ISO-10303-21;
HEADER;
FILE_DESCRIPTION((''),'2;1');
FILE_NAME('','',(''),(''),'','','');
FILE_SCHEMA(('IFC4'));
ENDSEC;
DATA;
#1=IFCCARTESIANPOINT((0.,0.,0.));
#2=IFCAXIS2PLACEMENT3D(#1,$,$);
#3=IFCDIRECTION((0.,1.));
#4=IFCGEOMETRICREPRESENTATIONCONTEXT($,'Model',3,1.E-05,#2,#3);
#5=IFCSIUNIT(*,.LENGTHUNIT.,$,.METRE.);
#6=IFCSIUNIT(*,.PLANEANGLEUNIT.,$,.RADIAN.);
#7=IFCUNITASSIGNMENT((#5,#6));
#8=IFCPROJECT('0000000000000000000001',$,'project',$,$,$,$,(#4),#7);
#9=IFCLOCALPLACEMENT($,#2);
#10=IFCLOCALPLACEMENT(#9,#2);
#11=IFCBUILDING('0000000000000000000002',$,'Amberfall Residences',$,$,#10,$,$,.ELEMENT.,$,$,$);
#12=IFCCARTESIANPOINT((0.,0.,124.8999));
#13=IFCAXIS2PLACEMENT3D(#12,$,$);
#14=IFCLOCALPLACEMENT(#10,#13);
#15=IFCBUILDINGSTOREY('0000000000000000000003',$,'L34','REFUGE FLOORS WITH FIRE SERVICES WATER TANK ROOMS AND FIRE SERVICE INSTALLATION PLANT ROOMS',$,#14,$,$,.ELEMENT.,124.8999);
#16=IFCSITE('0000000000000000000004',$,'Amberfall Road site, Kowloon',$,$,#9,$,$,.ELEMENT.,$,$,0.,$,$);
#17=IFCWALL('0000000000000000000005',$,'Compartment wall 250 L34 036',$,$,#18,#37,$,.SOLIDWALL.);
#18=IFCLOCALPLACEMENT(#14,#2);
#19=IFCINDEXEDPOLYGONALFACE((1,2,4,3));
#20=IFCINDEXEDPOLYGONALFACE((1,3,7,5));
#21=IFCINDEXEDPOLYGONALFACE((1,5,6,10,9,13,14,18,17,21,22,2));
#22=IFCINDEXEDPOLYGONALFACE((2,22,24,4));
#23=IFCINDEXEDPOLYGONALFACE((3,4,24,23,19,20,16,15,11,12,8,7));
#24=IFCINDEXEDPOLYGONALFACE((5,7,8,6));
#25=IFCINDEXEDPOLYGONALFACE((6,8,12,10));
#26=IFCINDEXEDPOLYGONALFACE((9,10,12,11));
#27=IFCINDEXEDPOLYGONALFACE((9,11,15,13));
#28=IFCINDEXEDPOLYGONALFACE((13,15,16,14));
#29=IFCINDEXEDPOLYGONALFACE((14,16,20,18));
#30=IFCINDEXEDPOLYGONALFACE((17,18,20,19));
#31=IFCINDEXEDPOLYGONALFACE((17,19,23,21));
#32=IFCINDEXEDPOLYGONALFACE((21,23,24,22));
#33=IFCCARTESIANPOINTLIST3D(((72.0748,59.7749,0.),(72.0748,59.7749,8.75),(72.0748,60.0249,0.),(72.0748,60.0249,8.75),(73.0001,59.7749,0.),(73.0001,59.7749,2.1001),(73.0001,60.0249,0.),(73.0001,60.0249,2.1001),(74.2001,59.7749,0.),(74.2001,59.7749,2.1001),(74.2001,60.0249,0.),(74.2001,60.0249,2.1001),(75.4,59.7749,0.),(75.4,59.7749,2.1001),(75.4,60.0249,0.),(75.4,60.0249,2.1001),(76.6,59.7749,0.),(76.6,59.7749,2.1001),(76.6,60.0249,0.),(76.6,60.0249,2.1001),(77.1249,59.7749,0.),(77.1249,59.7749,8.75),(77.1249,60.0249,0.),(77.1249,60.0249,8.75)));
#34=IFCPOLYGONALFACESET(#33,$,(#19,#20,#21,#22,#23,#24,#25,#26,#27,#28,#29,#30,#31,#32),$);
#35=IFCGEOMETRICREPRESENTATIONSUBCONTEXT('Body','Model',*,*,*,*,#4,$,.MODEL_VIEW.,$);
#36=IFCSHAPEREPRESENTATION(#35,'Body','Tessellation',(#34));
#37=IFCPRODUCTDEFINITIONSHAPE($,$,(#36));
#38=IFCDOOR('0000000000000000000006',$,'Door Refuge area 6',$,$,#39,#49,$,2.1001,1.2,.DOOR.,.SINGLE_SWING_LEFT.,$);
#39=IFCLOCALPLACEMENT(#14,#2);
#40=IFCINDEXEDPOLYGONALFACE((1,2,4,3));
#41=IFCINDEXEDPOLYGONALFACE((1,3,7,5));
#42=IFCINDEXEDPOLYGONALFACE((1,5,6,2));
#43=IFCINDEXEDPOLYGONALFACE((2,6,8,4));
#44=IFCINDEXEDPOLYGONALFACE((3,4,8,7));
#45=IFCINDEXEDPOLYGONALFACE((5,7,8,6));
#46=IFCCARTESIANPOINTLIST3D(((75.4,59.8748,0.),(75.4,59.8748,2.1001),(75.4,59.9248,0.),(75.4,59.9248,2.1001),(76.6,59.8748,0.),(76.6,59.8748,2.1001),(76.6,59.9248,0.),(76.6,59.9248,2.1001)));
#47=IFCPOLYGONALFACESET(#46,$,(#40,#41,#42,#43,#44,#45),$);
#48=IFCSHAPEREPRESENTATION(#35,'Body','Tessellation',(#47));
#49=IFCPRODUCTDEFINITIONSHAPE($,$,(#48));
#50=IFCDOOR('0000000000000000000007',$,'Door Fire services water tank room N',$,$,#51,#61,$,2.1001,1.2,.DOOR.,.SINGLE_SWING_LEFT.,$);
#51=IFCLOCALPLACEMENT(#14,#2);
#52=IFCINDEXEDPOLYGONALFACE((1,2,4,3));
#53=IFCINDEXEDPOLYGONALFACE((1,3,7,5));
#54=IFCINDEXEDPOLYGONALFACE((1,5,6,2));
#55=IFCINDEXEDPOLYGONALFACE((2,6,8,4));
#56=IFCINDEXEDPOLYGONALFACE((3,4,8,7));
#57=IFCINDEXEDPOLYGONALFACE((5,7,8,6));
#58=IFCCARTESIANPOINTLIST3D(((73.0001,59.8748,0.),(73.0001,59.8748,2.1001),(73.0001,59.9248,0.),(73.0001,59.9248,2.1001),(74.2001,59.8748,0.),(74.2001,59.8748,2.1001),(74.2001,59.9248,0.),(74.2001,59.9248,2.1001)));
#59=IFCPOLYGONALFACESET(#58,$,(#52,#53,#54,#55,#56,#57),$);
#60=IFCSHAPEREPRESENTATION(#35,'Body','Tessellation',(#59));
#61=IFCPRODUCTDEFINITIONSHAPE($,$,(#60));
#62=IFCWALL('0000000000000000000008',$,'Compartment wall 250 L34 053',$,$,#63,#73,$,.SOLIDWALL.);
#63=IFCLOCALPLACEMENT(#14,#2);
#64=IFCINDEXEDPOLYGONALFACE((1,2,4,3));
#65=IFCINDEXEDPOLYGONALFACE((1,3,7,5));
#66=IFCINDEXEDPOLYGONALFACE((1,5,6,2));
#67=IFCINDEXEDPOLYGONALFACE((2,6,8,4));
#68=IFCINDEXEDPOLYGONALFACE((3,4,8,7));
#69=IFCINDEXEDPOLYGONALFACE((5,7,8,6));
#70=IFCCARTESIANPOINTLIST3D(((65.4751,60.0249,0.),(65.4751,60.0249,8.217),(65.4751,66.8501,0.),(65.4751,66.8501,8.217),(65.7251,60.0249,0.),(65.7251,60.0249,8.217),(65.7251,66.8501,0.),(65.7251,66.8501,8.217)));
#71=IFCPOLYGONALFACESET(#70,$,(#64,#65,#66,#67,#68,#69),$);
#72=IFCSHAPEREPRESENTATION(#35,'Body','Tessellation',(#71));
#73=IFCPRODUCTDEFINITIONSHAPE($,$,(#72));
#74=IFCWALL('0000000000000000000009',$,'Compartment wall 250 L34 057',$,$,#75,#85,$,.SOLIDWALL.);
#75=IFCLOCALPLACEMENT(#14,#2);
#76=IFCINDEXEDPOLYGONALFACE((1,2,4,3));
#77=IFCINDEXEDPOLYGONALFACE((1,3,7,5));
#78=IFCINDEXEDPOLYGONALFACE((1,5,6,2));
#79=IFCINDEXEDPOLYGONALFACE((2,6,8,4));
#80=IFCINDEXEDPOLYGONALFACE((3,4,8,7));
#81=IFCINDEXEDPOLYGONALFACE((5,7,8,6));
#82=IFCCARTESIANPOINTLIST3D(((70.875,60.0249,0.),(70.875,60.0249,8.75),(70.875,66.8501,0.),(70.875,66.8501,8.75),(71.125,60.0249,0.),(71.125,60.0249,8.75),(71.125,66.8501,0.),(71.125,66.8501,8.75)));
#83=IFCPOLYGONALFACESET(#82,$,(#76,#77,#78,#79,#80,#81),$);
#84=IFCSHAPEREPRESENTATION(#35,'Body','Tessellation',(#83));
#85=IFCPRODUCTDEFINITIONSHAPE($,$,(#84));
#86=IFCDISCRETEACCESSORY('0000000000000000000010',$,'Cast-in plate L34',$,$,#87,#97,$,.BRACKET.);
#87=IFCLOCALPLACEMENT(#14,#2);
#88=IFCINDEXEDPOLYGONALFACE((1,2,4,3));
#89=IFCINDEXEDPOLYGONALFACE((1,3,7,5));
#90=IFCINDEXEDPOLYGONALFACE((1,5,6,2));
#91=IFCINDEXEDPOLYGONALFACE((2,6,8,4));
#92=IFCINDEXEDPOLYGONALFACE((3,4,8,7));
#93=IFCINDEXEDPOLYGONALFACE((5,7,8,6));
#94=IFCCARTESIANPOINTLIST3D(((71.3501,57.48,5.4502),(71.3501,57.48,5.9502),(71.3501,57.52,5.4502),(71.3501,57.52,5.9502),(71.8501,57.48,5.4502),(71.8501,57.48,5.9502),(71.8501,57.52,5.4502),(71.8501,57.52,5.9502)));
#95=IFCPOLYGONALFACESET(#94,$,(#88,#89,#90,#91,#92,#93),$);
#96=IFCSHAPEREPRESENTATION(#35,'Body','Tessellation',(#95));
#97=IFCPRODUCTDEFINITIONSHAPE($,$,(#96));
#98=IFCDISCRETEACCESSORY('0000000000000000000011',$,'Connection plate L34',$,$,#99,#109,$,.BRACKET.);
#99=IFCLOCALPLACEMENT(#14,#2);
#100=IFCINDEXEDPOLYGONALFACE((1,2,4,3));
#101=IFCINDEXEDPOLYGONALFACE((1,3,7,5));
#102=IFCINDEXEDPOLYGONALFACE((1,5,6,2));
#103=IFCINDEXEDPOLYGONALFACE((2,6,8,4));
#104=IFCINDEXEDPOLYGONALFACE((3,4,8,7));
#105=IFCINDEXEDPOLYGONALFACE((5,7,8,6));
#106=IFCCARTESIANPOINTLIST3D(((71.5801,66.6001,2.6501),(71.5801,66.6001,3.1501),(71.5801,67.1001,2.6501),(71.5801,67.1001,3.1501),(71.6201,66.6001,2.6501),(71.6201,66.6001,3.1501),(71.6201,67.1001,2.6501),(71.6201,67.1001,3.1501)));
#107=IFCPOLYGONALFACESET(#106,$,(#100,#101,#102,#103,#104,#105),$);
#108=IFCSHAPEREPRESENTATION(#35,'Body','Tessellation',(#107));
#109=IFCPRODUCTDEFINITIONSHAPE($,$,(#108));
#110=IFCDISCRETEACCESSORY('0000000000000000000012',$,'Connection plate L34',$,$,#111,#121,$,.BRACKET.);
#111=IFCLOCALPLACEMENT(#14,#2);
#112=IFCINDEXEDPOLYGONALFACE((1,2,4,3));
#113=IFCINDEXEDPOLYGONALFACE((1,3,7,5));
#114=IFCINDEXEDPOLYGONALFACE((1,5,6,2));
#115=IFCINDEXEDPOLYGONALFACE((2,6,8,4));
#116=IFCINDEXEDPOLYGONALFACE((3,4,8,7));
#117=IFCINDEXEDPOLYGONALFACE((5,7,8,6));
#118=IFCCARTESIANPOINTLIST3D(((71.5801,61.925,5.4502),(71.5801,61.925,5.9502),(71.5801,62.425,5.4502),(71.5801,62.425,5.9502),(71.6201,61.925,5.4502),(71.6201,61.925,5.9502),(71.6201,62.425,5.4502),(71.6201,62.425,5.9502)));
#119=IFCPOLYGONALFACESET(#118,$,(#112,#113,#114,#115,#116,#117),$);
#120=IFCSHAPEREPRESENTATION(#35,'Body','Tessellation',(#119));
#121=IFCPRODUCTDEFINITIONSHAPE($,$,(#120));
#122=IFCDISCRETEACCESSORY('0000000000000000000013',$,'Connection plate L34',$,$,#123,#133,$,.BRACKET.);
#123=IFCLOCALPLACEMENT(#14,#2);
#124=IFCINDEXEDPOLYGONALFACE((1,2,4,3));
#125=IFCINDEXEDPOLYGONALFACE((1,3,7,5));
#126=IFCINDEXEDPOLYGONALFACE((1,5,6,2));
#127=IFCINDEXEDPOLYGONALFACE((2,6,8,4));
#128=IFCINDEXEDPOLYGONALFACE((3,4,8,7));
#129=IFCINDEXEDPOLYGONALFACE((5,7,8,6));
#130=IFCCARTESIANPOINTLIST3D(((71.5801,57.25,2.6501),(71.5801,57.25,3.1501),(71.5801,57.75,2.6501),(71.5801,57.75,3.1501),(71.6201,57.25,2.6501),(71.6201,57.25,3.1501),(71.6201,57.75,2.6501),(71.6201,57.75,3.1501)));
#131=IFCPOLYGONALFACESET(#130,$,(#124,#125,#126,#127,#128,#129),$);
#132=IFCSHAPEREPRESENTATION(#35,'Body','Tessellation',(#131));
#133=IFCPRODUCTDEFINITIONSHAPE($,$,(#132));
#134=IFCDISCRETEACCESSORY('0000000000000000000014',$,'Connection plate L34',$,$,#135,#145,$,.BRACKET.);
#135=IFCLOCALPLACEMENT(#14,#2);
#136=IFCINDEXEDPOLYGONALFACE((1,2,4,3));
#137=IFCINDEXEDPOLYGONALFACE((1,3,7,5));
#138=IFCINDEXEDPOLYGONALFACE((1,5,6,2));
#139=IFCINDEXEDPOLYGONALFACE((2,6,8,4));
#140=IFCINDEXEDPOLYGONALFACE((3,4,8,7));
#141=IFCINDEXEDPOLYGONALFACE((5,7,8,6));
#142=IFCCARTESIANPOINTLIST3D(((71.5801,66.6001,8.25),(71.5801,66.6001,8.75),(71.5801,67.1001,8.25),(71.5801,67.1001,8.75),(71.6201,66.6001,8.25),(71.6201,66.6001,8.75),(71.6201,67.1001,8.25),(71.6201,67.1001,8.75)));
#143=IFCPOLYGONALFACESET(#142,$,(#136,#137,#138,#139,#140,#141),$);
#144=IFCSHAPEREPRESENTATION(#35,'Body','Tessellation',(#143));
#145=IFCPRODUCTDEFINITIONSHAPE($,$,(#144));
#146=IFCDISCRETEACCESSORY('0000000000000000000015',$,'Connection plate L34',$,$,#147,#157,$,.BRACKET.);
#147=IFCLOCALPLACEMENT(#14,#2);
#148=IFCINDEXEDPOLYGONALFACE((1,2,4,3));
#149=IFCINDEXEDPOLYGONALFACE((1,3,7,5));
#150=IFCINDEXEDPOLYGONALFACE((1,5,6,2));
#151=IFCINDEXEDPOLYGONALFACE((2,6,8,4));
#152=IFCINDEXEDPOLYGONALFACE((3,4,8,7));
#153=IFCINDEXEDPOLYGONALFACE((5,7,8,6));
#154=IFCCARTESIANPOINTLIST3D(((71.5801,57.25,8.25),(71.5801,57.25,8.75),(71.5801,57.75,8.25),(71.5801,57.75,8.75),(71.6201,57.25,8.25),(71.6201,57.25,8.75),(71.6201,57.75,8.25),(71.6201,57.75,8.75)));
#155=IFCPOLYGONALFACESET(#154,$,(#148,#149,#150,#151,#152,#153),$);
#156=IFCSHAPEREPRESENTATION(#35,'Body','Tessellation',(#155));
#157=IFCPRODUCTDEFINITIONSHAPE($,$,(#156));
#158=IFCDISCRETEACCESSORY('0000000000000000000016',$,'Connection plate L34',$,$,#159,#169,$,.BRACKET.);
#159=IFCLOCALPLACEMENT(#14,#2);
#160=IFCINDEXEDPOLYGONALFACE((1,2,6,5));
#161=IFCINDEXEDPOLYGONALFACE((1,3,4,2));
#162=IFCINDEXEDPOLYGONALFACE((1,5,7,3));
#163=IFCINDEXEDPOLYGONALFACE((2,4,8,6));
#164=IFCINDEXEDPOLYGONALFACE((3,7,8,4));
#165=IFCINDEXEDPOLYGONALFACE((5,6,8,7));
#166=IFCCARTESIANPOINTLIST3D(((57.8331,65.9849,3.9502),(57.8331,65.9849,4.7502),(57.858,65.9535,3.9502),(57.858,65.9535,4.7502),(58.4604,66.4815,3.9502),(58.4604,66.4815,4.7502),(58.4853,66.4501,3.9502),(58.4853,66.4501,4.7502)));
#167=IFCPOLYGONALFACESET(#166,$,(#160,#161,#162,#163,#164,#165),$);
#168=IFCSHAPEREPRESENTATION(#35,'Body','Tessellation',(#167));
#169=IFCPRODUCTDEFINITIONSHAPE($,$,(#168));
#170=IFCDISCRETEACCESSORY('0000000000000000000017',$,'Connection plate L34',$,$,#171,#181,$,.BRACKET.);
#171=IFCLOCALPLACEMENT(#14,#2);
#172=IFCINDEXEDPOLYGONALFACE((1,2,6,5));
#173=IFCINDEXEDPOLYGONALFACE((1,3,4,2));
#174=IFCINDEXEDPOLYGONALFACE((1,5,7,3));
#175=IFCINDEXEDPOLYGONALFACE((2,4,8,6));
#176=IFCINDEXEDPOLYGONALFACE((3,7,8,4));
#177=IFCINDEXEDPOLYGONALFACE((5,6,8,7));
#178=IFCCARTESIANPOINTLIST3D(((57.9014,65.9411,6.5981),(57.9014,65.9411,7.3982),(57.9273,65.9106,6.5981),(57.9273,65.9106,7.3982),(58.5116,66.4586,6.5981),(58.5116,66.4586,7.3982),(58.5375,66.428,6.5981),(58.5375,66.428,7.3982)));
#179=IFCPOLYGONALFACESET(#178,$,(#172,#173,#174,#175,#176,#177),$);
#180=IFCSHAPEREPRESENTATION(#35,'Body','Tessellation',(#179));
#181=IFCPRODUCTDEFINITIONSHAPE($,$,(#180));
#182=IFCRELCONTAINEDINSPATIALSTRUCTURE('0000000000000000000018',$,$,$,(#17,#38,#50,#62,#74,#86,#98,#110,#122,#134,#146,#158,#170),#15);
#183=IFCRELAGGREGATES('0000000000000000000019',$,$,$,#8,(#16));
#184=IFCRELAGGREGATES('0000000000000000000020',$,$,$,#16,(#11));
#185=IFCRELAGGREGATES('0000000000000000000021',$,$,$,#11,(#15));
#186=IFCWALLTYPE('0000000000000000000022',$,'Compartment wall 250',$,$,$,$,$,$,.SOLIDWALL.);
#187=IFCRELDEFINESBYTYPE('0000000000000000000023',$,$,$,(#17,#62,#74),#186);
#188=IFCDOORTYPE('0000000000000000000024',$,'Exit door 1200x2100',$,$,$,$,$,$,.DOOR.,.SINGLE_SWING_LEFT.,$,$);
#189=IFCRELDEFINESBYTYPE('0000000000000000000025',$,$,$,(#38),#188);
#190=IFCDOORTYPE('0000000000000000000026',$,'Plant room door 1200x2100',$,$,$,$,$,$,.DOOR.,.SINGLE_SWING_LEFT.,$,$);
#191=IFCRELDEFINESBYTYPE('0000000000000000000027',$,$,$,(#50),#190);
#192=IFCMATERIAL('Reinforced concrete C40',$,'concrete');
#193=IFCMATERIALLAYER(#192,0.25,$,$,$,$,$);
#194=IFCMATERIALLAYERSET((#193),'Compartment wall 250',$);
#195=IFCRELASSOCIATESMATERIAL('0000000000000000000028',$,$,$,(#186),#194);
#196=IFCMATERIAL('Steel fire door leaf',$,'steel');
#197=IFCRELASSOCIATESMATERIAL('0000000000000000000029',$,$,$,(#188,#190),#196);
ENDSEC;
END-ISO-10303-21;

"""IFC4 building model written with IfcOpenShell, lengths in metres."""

from ifc_helpers import new_model, si_unit, direction, frame, frame_2d, origin, origin_2d, place, context, subcontext, project, spatial, rectangle, extrude, material, layer, layer_set, type_object, element, fill, save


model = new_model("IFC4")

# Units and contexts
model_context = context("Model", 3, precision=1e-05, world=origin(), true_north=direction((0.0, 1.0)))
body_context = subcontext(model_context, "Body", "Model", "MODEL_VIEW")
ifc_project = project(units=[si_unit("LENGTHUNIT", "METRE"), si_unit("PLANEANGLEUNIT", "RADIAN")], contexts=[model_context])

# Site, building, storey
site_placement = place(None, origin())
site = spatial("IfcSite", under=ifc_project, at=site_placement, Name="Amberfall Road site, Kowloon", CompositionType="ELEMENT", RefElevation=0.0)
building_placement = place(site_placement, origin())
building = spatial("IfcBuilding", under=site, at=building_placement, Name="Amberfall Residences", CompositionType="ELEMENT")
storey_placement = place(building_placement, frame((0.0, 0.0, 124.8999)))
storey = spatial("IfcBuildingStorey", under=building, at=storey_placement, Name="L34", Description="REFUGE FLOORS WITH FIRE SERVICES WATER TANK ROOMS AND FIRE SERVICE INSTALLATION PLANT ROOMS", CompositionType="ELEMENT", Elevation=124.8999)

# Shared definitions
ifc_material_1 = material(Name="Reinforced concrete C40", Category="concrete")
ifc_layer = layer(ifc_material_1, 0.25)
ifc_layer_set = layer_set([ifc_layer], Name="Compartment wall 250")
wall_type = type_object("IfcWallType", Name="Compartment wall 250", PredefinedType="SOLIDWALL", material=ifc_layer_set)

# Shared definitions
ifc_material_2 = material(Name="Steel fire door leaf", Category="steel")

# Shared definitions
door_type_1 = type_object("IfcDoorType", Name="Exit door 1200x2100", OperationType="SINGLE_SWING_LEFT", PredefinedType="DOOR", material=ifc_material_2)

# Wall, openings, doors
wall_1_placement = place(storey_placement, frame((72.075, 59.8999, 0.0), z_axis=(0.0, 0.0, 1.0), x_axis=(1.0, 0.0, 0.0)))
wall_1 = element("IfcWall", 1, at=wall_1_placement, inside=storey, type_object=wall_type, Name="Compartment wall 250 L34 036", PredefinedType="SOLIDWALL", context=body_context, shape_type="SweptSolid", body=[
    extrude(rectangle(XDim=5.05, YDim=0.25, at=frame_2d((2.5249, 0.0))), origin(), (0.0, 0.0, 1.0), 8.75),
])
opening_1_placement = place(wall_1_placement, frame((0.925, 0.0, 0.0)))
opening_1 = element("IfcOpeningElement", 2, at=opening_1_placement, cuts=wall_1, PredefinedType="OPENING", context=body_context, shape_type="SweptSolid", body=[
    extrude(rectangle(XDim=1.2, YDim=2.1001, at=frame_2d((0.6001, 1.05))), frame((0.0, 0.135, 0.0), z_axis=(0.0, -1.0, 0.0), x_axis=(1.0, 0.0, 0.0)), (0.0, 0.0, 1.0), 0.27),
])
opening_2_placement = place(wall_1_placement, frame((3.325, 0.0, 0.0)))
opening_2 = element("IfcOpeningElement", 3, at=opening_2_placement, cuts=wall_1, PredefinedType="OPENING", context=body_context, shape_type="SweptSolid", body=[
    extrude(rectangle(XDim=1.2, YDim=2.1001, at=frame_2d((0.6001, 1.05))), frame((0.0, 0.135, 0.0), z_axis=(0.0, -1.0, 0.0), x_axis=(1.0, 0.0, 0.0)), (0.0, 0.0, 1.0), 0.27),
])
door_1_placement = place(opening_2_placement, origin())
door_1 = element("IfcDoor", 4, at=door_1_placement, inside=storey, type_object=door_type_1, Name="Door Refuge area 6", OperationType="SINGLE_SWING_LEFT", OverallHeight=2.1001, OverallWidth=1.2, PredefinedType="DOOR", context=body_context, shape_type="SweptSolid", body=[
    extrude(rectangle(XDim=1.2, YDim=2.1001, at=frame_2d((0.6001, 1.05))), frame((0.0, 0.0249, 0.0), z_axis=(0.0, -1.0, 0.0), x_axis=(1.0, 0.0, 0.0)), (0.0, 0.0, 1.0), 0.05),
])
fill(opening_2, door_1)
door_type_2 = type_object("IfcDoorType", Name="Plant room door 1200x2100", OperationType="SINGLE_SWING_LEFT", PredefinedType="DOOR", material=ifc_material_2)
door_2_placement = place(opening_1_placement, origin())
door_2 = element("IfcDoor", 5, at=door_2_placement, inside=storey, type_object=door_type_2, Name="Door Fire services water tank room N", OperationType="SINGLE_SWING_LEFT", OverallHeight=2.1001, OverallWidth=1.2, PredefinedType="DOOR", context=body_context, shape_type="SweptSolid", body=[
    extrude(rectangle(XDim=1.2, YDim=2.1001, at=frame_2d((0.6001, 1.05))), frame((0.0, 0.0249, 0.0), z_axis=(0.0, -1.0, 0.0), x_axis=(1.0, 0.0, 0.0)), (0.0, 0.0, 1.0), 0.05),
])
fill(opening_1, door_2)

# Walls
wall_2_placement = place(storey_placement, frame((65.6001, 60.0249, 0.0), z_axis=(0.0, 0.0, 1.0), x_axis=(0.0, 1.0, 0.0)))
element("IfcWall", 6, at=wall_2_placement, inside=storey, type_object=wall_type, Name="Compartment wall 250 L34 053", PredefinedType="SOLIDWALL", context=body_context, shape_type="SweptSolid", body=[
    extrude(rectangle(XDim=6.8252, YDim=0.25, at=frame_2d((3.4126, 0.0))), origin(), (0.0, 0.0, 1.0), 8.217),
])
wall_3_placement = place(storey_placement, frame((71.0, 60.0249, 0.0), z_axis=(0.0, 0.0, 1.0), x_axis=(0.0, 1.0, 0.0)))
element("IfcWall", 7, at=wall_3_placement, inside=storey, type_object=wall_type, Name="Compartment wall 250 L34 057", PredefinedType="SOLIDWALL", context=body_context, shape_type="SweptSolid", body=[
    extrude(rectangle(XDim=6.8252, YDim=0.25, at=frame_2d((3.4126, 0.0))), origin(), (0.0, 0.0, 1.0), 8.75),
])

# Discrete accessories
discrete_accessory_placement = place(storey_placement, frame((71.6001, 57.5, 5.4502), z_axis=(0.0, 0.0, 1.0), x_axis=(0.0, 1.0, 0.0)))
element("IfcDiscreteAccessory", 8, at=discrete_accessory_placement, inside=storey, Name="Cast-in plate L34", PredefinedType="BRACKET", context=body_context, shape_type="SweptSolid", body=[
    extrude(rectangle(XDim=0.04, YDim=0.5, at=origin_2d()), origin(), (0.0, 0.0, 1.0), 0.5),
])
for number, where, z_axis, x_axis, name in (
    (9, (71.6001, 66.8501, 2.6501), (0.0, 0.0, 1.0), (0.0, 1.0, 0.0), "Connection plate L34"),
    (10, (71.6001, 62.175, 5.4502), (0.0, 0.0, 1.0), (0.0, 1.0, 0.0), "Connection plate L34"),
    (11, (71.6001, 57.5, 2.6501), (0.0, 0.0, 1.0), (0.0, 1.0, 0.0), "Connection plate L34"),
    (12, (71.6001, 66.8501, 8.25), (0.0, 0.0, 1.0), (0.0, 1.0, 0.0), "Connection plate L34"),
    (13, (71.6001, 57.5, 8.25), (0.0, 0.0, 1.0), (0.0, 1.0, 0.0), "Connection plate L34"),
):
    element("IfcDiscreteAccessory", number, at=place(storey_placement, frame(where, z_axis=z_axis, x_axis=x_axis)), inside=storey, Name=name, PredefinedType="BRACKET", context=body_context, shape_type="SweptSolid", body=[
        extrude(rectangle(XDim=0.5, YDim=0.04, at=origin_2d()), origin(), (0.0, 0.0, 1.0), 0.5),
    ])
for number, where, z_axis, x_axis, name in (
    (14, (58.1592, 66.2175, 3.9502), (0.0, 0.0, 1.0), (0.784073, 0.620669, 0.0), "Connection plate L34"),
    (15, (58.2195, 66.1846, 6.5981), (0.0, 0.0, 1.0), (0.76268, 0.646776, 0.0), "Connection plate L34"),
):
    element("IfcDiscreteAccessory", number, at=place(storey_placement, frame(where, z_axis=z_axis, x_axis=x_axis)), inside=storey, Name=name, PredefinedType="BRACKET", context=body_context, shape_type="SweptSolid", body=[
        extrude(rectangle(XDim=0.8, YDim=0.04, at=origin_2d()), origin(), (0.0, 0.0, 1.0), 0.8),
    ])

save(model, "model.ifc")
